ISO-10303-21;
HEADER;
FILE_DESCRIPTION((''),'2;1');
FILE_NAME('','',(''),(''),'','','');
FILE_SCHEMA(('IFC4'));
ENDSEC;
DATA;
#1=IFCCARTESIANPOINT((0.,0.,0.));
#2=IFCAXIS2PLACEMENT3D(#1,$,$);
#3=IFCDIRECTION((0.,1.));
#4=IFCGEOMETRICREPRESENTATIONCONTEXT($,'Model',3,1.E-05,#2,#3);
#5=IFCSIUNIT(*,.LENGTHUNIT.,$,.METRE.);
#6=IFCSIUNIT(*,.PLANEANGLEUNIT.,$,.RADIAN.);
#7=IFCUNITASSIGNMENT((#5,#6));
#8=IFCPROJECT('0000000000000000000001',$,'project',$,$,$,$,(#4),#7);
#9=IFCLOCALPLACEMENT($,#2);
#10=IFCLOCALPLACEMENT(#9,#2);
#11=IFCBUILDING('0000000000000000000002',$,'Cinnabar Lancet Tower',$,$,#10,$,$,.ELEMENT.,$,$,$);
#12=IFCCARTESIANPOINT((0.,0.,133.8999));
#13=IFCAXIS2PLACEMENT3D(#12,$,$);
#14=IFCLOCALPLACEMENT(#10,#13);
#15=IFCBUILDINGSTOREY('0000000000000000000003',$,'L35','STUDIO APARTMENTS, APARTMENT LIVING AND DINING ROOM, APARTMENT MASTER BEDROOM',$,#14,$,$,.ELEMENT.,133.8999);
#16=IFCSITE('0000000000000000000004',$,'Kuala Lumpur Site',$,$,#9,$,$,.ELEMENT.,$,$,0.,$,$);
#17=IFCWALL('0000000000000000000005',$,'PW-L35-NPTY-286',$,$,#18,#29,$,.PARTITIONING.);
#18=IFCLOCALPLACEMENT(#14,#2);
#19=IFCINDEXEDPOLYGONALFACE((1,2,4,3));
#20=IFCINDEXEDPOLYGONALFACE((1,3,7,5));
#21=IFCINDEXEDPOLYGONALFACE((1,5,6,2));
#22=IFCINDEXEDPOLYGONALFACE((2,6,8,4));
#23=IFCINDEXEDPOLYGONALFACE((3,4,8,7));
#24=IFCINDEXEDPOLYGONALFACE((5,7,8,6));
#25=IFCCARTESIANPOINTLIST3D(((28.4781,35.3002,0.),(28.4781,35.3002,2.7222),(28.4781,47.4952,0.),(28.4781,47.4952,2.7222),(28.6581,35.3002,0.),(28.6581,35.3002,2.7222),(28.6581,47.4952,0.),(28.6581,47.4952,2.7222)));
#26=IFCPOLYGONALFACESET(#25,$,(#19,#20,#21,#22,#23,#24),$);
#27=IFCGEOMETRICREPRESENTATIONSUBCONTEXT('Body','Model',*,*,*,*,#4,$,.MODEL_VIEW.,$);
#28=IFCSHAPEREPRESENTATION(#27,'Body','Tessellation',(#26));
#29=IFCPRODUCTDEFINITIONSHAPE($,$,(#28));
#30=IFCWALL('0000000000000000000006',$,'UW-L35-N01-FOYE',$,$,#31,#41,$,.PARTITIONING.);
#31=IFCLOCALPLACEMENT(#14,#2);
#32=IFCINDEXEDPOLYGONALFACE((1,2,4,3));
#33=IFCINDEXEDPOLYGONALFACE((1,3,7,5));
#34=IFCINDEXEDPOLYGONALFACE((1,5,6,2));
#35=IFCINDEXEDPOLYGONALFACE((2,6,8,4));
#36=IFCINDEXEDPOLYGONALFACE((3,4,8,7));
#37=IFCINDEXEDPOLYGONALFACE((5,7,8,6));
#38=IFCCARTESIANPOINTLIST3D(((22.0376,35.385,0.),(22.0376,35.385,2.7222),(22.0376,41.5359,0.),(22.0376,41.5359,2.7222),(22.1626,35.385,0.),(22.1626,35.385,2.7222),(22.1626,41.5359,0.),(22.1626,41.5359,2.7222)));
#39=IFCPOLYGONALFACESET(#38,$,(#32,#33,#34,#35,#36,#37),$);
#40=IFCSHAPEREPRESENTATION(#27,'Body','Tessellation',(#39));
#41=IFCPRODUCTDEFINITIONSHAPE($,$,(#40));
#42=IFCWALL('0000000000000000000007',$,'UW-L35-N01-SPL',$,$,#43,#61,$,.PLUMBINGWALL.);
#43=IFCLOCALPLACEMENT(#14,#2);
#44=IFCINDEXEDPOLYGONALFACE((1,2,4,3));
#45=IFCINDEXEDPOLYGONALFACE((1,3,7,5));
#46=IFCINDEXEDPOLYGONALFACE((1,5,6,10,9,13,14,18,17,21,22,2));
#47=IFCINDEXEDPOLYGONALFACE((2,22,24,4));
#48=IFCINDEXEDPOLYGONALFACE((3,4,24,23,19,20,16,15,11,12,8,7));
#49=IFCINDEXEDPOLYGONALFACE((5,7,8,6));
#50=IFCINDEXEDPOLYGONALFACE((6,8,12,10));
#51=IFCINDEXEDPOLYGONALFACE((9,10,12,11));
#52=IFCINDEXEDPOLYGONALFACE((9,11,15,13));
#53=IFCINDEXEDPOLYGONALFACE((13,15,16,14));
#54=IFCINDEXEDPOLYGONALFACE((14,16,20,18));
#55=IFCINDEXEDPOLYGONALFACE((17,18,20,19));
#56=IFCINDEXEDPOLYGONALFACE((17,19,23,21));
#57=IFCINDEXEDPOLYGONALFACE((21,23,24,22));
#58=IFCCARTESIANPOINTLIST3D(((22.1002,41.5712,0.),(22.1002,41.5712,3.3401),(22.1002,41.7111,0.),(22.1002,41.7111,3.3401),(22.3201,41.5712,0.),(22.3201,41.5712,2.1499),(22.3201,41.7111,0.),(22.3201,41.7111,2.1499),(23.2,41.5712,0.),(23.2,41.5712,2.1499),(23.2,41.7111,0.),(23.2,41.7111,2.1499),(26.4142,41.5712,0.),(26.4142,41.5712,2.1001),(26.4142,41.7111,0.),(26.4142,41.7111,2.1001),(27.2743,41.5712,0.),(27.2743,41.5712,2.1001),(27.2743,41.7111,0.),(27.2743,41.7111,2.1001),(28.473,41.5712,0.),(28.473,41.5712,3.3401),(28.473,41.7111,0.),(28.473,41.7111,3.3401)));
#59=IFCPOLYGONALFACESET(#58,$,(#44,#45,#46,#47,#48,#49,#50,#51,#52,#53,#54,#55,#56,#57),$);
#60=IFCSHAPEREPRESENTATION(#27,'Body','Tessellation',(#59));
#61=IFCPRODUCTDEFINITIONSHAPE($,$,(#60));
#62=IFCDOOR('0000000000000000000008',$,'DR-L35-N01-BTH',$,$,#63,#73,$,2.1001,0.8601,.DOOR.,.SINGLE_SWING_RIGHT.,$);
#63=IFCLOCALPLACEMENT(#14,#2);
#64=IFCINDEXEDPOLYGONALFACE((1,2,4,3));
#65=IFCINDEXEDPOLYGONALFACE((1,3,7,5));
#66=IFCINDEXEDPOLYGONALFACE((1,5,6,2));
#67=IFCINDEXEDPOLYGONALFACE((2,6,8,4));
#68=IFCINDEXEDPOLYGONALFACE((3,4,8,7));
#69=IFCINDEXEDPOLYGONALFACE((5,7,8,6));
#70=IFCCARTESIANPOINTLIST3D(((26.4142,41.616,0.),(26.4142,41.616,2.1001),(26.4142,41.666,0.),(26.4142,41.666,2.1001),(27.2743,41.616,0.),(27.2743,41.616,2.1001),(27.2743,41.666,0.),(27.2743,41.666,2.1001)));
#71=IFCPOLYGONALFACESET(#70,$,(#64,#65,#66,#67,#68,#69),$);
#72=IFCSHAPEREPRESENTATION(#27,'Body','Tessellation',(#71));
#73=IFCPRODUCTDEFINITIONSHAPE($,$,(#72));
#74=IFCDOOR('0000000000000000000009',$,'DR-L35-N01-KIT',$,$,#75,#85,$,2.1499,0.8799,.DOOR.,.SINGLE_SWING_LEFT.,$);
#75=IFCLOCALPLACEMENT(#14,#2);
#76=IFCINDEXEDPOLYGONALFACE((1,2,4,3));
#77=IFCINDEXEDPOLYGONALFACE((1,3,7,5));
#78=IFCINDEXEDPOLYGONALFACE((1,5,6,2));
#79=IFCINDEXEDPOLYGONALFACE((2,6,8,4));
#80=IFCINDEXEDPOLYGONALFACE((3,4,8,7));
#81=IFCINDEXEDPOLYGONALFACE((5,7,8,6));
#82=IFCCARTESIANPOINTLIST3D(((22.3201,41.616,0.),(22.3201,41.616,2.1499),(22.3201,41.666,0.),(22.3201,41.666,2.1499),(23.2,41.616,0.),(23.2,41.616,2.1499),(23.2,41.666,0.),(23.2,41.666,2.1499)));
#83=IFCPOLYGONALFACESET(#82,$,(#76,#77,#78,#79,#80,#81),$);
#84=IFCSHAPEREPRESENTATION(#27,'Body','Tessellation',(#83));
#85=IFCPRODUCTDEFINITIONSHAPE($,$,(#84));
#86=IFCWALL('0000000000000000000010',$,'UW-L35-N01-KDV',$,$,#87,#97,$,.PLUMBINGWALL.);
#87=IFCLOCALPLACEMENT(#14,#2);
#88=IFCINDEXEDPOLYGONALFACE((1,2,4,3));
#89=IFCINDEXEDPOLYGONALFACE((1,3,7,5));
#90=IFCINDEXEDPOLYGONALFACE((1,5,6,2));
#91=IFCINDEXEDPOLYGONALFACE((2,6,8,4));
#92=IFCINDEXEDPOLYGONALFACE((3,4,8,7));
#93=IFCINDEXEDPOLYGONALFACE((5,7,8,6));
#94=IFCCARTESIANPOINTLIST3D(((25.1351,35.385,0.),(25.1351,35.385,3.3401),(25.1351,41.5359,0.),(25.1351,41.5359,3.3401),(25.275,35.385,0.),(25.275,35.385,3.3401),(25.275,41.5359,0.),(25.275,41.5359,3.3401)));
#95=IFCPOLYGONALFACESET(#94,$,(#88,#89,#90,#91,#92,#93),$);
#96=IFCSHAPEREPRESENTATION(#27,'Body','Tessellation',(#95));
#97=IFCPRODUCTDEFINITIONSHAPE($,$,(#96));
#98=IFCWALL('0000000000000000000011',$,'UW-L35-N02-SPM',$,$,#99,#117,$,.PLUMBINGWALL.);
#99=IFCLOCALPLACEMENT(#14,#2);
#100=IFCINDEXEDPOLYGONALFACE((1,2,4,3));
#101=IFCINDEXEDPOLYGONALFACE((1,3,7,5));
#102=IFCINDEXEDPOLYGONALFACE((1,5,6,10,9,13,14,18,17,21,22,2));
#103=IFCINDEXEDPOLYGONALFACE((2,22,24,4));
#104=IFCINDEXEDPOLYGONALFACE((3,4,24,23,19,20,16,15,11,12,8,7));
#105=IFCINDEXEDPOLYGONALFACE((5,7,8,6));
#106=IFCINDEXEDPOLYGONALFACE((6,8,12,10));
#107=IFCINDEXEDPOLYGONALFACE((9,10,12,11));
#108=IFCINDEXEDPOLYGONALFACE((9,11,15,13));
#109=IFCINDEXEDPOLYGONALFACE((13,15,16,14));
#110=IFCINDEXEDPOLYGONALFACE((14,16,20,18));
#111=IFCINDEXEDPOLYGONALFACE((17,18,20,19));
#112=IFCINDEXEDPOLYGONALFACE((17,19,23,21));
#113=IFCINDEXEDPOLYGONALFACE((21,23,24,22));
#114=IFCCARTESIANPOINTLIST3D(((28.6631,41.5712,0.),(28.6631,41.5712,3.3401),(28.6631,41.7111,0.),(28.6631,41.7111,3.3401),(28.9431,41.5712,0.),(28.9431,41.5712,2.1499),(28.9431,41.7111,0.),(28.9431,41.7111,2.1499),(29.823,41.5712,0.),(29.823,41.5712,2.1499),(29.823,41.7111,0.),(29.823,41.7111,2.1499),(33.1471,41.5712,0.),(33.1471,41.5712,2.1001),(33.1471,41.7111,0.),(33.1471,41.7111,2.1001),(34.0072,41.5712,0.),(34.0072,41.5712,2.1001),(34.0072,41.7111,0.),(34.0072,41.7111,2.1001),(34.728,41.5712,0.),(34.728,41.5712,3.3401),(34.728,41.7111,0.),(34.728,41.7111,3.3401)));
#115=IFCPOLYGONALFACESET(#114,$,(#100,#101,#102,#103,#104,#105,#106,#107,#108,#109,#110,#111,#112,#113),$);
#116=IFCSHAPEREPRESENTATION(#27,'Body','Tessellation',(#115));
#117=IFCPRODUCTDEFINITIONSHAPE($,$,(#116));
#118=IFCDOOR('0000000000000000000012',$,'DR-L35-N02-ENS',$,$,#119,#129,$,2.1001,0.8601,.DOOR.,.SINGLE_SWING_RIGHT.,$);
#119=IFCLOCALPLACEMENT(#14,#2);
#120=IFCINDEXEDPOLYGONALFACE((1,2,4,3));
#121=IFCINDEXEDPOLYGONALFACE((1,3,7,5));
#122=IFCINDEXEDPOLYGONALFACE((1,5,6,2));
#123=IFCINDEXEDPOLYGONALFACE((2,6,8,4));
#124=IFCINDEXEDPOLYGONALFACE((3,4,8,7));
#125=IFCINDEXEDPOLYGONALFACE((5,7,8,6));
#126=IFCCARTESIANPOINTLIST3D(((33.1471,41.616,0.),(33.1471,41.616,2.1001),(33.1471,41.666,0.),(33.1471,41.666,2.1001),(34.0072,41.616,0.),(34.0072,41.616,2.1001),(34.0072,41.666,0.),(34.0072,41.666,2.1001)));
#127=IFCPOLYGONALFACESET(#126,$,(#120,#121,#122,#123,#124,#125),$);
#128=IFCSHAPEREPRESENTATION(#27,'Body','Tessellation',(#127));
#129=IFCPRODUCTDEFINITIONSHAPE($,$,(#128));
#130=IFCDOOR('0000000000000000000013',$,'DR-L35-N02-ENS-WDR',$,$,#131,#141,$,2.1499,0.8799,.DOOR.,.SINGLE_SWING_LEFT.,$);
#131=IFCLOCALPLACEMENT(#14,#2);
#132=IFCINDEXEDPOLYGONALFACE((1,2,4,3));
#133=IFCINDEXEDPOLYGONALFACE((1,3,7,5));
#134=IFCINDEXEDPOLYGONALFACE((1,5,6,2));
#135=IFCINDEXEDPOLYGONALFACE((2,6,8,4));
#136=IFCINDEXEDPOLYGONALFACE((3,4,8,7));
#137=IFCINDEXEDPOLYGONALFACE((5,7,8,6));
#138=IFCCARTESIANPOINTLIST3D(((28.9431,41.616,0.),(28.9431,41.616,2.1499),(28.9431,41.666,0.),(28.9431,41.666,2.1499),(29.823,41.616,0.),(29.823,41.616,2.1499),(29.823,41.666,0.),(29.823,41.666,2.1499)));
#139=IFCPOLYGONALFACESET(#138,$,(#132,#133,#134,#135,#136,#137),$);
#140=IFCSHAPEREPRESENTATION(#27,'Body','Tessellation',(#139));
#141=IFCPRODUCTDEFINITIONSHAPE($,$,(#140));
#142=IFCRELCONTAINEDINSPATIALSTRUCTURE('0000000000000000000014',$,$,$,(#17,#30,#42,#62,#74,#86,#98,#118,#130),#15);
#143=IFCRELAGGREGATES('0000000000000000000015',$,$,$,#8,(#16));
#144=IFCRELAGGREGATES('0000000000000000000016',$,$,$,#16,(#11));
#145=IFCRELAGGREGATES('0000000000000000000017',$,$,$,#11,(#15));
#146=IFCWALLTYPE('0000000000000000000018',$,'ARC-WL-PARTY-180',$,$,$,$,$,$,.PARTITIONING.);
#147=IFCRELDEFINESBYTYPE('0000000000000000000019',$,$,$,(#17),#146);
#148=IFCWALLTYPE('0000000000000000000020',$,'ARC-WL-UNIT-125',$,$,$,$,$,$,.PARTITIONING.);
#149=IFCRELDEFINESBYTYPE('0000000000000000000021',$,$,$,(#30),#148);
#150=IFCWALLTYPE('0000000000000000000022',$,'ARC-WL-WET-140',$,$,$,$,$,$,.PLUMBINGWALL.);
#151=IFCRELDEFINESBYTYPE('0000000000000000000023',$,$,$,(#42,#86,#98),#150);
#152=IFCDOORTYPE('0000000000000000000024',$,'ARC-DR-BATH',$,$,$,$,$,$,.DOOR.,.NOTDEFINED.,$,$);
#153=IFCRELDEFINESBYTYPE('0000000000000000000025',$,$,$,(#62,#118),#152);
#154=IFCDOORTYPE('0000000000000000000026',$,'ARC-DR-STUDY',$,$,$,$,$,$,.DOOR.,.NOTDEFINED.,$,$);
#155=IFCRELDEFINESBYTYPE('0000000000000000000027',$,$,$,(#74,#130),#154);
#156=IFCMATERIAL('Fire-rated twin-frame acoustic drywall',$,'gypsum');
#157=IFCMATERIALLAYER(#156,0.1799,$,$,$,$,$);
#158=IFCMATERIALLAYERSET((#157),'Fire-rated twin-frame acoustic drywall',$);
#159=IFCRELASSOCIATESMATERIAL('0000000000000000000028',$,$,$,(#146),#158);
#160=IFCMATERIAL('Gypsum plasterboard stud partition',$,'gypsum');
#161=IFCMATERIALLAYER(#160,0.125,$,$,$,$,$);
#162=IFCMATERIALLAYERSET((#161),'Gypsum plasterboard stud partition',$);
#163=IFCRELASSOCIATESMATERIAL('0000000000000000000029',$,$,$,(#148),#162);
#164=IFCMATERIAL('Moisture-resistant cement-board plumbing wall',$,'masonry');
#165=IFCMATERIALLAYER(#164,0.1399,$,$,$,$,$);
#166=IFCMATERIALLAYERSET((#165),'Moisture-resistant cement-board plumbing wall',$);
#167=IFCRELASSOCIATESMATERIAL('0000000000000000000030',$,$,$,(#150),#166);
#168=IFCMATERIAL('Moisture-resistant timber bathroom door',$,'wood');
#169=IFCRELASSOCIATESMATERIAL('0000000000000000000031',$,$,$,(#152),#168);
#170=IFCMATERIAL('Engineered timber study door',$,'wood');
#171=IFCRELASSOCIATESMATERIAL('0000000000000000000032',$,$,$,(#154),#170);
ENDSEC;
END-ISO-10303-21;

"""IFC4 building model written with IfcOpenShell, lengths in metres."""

from ifc_helpers import new_model, si_unit, direction, frame, frame_2d, origin, place, context, subcontext, project, spatial, rectangle, extrude, material, layer, layer_set, type_object, element, fill, save


model = new_model("IFC4")

# Units and contexts
model_context = context("Model", 3, precision=1e-05, world=origin(), true_north=direction((0.0, 1.0)))
body_context = subcontext(model_context, "Body", "Model", "MODEL_VIEW")
ifc_project = project(units=[si_unit("LENGTHUNIT", "METRE"), si_unit("PLANEANGLEUNIT", "RADIAN")], contexts=[model_context])

# Site, building, storey
site_placement = place(None, origin())
site = spatial("IfcSite", under=ifc_project, at=site_placement, Name="Kuala Lumpur Site", CompositionType="ELEMENT", RefElevation=0.0)
building_placement = place(site_placement, origin())
building = spatial("IfcBuilding", under=site, at=building_placement, Name="Cinnabar Lancet Tower", CompositionType="ELEMENT")
storey_placement = place(building_placement, frame((0.0, 0.0, 133.8999)))
storey = spatial("IfcBuildingStorey", under=building, at=storey_placement, Name="L35", Description="STUDIO APARTMENTS, APARTMENT LIVING AND DINING ROOM, APARTMENT MASTER BEDROOM", CompositionType="ELEMENT", Elevation=133.8999)

# Walls
ifc_material_1 = material(Name="Fire-rated twin-frame acoustic drywall", Category="gypsum")
ifc_layer_1 = layer(ifc_material_1, 0.1799)
ifc_layer_set_1 = layer_set([ifc_layer_1], Name="Fire-rated twin-frame acoustic drywall")
wall_type_1 = type_object("IfcWallType", Name="ARC-WL-PARTY-180", PredefinedType="PARTITIONING", material=ifc_layer_set_1)
wall_1_placement = place(storey_placement, frame((28.5681, 35.3, 0.0), z_axis=(0.0, 0.0, 1.0), x_axis=(0.0, 1.0, 0.0)))
element("IfcWall", 1, at=wall_1_placement, inside=storey, type_object=wall_type_1, Name="PW-L35-NPTY-286", PredefinedType="PARTITIONING", context=body_context, shape_type="SweptSolid", body=[
    extrude(rectangle(XDim=12.1951, YDim=0.1799, at=frame_2d((6.0977, 0.0))), origin(), (0.0, 0.0, 1.0), 2.7222),
])
ifc_material_2 = material(Name="Gypsum plasterboard stud partition", Category="gypsum")
ifc_layer_2 = layer(ifc_material_2, 0.125)
ifc_layer_set_2 = layer_set([ifc_layer_2], Name="Gypsum plasterboard stud partition")
wall_type_2 = type_object("IfcWallType", Name="ARC-WL-UNIT-125", PredefinedType="PARTITIONING", material=ifc_layer_set_2)
wall_2_placement = place(storey_placement, frame((22.1001, 35.385, 0.0), z_axis=(0.0, 0.0, 1.0), x_axis=(0.0, 1.0, 0.0)))
element("IfcWall", 2, at=wall_2_placement, inside=storey, type_object=wall_type_2, Name="UW-L35-N01-FOYE", PredefinedType="PARTITIONING", context=body_context, shape_type="SweptSolid", body=[
    extrude(rectangle(XDim=6.1509, YDim=0.125, at=frame_2d((3.0754, 0.0))), origin(), (0.0, 0.0, 1.0), 2.7222),
])

# Wall, openings, doors
ifc_material_3 = material(Name="Moisture-resistant cement-board plumbing wall", Category="masonry")
ifc_layer_3 = layer(ifc_material_3, 0.1399)
ifc_layer_set_3 = layer_set([ifc_layer_3], Name="Moisture-resistant cement-board plumbing wall")
wall_type_3 = type_object("IfcWallType", Name="ARC-WL-WET-140", PredefinedType="PLUMBINGWALL", material=ifc_layer_set_3)
wall_3_placement = place(storey_placement, frame((22.1001, 41.6411, 0.0), z_axis=(0.0, 0.0, 1.0), x_axis=(1.0, 0.0, 0.0)))
wall_3 = element("IfcWall", 3, at=wall_3_placement, inside=storey, type_object=wall_type_3, Name="UW-L35-N01-SPL", PredefinedType="PLUMBINGWALL", context=body_context, shape_type="SweptSolid", body=[
    extrude(rectangle(XDim=6.3728, YDim=0.1399, at=frame_2d((3.1865, 0.0))), origin(), (0.0, 0.0, 1.0), 3.3401),
])
opening_1_placement = place(wall_3_placement, frame((4.314, 0.0, 0.0)))
opening_1 = element("IfcOpeningElement", 4, at=opening_1_placement, cuts=wall_3, PredefinedType="OPENING", context=body_context, shape_type="SweptSolid", body=[
    extrude(rectangle(XDim=0.8601, YDim=2.1001, at=frame_2d((0.4302, 1.05))), frame((0.0, 0.0798, 0.0), z_axis=(0.0, -1.0, 0.0), x_axis=(1.0, 0.0, 0.0)), (0.0, 0.0, 1.0), 0.1599),
])
opening_2_placement = place(wall_3_placement, frame((0.22, 0.0, 0.0)))
opening_2 = element("IfcOpeningElement", 5, at=opening_2_placement, cuts=wall_3, PredefinedType="OPENING", context=body_context, shape_type="SweptSolid", body=[
    extrude(rectangle(XDim=0.8799, YDim=2.1499, at=frame_2d((0.4399, 1.075))), frame((0.0, 0.0798, 0.0), z_axis=(0.0, -1.0, 0.0), x_axis=(1.0, 0.0, 0.0)), (0.0, 0.0, 1.0), 0.1599),
])
ifc_material_4 = material(Name="Moisture-resistant timber bathroom door", Category="wood")
door_type_1 = type_object("IfcDoorType", Name="ARC-DR-BATH", OperationType="NOTDEFINED", PredefinedType="DOOR", material=ifc_material_4)
door_1_placement = place(opening_1_placement, origin())
door_1 = element("IfcDoor", 6, at=door_1_placement, inside=storey, type_object=door_type_1, Name="DR-L35-N01-BTH", OperationType="SINGLE_SWING_RIGHT", OverallHeight=2.1001, OverallWidth=0.8601, PredefinedType="DOOR", context=body_context, shape_type="SweptSolid", body=[
    extrude(rectangle(XDim=0.8601, YDim=2.1001, at=frame_2d((0.4302, 1.05))), frame((0.0, 0.0249, 0.0), z_axis=(0.0, -1.0, 0.0), x_axis=(1.0, 0.0, 0.0)), (0.0, 0.0, 1.0), 0.05),
])
fill(opening_1, door_1)
ifc_material_5 = material(Name="Engineered timber study door", Category="wood")
door_type_2 = type_object("IfcDoorType", Name="ARC-DR-STUDY", OperationType="NOTDEFINED", PredefinedType="DOOR", material=ifc_material_5)
door_2_placement = place(opening_2_placement, origin())
door_2 = element("IfcDoor", 7, at=door_2_placement, inside=storey, type_object=door_type_2, Name="DR-L35-N01-KIT", OperationType="SINGLE_SWING_LEFT", OverallHeight=2.1499, OverallWidth=0.8799, PredefinedType="DOOR", context=body_context, shape_type="SweptSolid", body=[
    extrude(rectangle(XDim=0.8799, YDim=2.1499, at=frame_2d((0.4399, 1.075))), frame((0.0, 0.0249, 0.0), z_axis=(0.0, -1.0, 0.0), x_axis=(1.0, 0.0, 0.0)), (0.0, 0.0, 1.0), 0.05),
])
fill(opening_2, door_2)

# Wall
wall_4_placement = place(storey_placement, frame((25.2051, 35.385, 0.0), z_axis=(0.0, 0.0, 1.0), x_axis=(0.0, 1.0, 0.0)))
element("IfcWall", 8, at=wall_4_placement, inside=storey, type_object=wall_type_3, Name="UW-L35-N01-KDV", PredefinedType="PLUMBINGWALL", context=body_context, shape_type="SweptSolid", body=[
    extrude(rectangle(XDim=6.1509, YDim=0.1399, at=frame_2d((3.0754, 0.0))), origin(), (0.0, 0.0, 1.0), 3.3401),
])

# Wall, openings, doors
wall_5_placement = place(storey_placement, frame((28.6631, 41.6411, 0.0), z_axis=(0.0, 0.0, 1.0), x_axis=(1.0, 0.0, 0.0)))
wall_5 = element("IfcWall", 9, at=wall_5_placement, inside=storey, type_object=wall_type_3, Name="UW-L35-N02-SPM", PredefinedType="PLUMBINGWALL", context=body_context, shape_type="SweptSolid", body=[
    extrude(rectangle(XDim=6.0649, YDim=0.1399, at=frame_2d((3.0325, 0.0))), origin(), (0.0, 0.0, 1.0), 3.3401),
])
opening_3_placement = place(wall_5_placement, frame((0.28, 0.0, 0.0)))
opening_3 = element("IfcOpeningElement", 10, at=opening_3_placement, cuts=wall_5, PredefinedType="OPENING", context=body_context, shape_type="SweptSolid", body=[
    extrude(rectangle(XDim=0.8799, YDim=2.1499, at=frame_2d((0.4399, 1.075))), frame((0.0, 0.0798, 0.0), z_axis=(0.0, -1.0, 0.0), x_axis=(1.0, 0.0, 0.0)), (0.0, 0.0, 1.0), 0.1599),
])
opening_4_placement = place(wall_5_placement, frame((4.4839, 0.0, 0.0)))
opening_4 = element("IfcOpeningElement", 11, at=opening_4_placement, cuts=wall_5, PredefinedType="OPENING", context=body_context, shape_type="SweptSolid", body=[
    extrude(rectangle(XDim=0.8601, YDim=2.1001, at=frame_2d((0.4302, 1.05))), frame((0.0, 0.0798, 0.0), z_axis=(0.0, -1.0, 0.0), x_axis=(1.0, 0.0, 0.0)), (0.0, 0.0, 1.0), 0.1599),
])
door_3_placement = place(opening_4_placement, origin())
door_3 = element("IfcDoor", 12, at=door_3_placement, inside=storey, type_object=door_type_1, Name="DR-L35-N02-ENS", OperationType="SINGLE_SWING_RIGHT", OverallHeight=2.1001, OverallWidth=0.8601, PredefinedType="DOOR", context=body_context, shape_type="SweptSolid", body=[
    extrude(rectangle(XDim=0.8601, YDim=2.1001, at=frame_2d((0.4302, 1.05))), frame((0.0, 0.0249, 0.0), z_axis=(0.0, -1.0, 0.0), x_axis=(1.0, 0.0, 0.0)), (0.0, 0.0, 1.0), 0.05),
])
fill(opening_4, door_3)
door_4_placement = place(opening_3_placement, origin())
door_4 = element("IfcDoor", 13, at=door_4_placement, inside=storey, type_object=door_type_2, Name="DR-L35-N02-ENS-WDR", OperationType="SINGLE_SWING_LEFT", OverallHeight=2.1499, OverallWidth=0.8799, PredefinedType="DOOR", context=body_context, shape_type="SweptSolid", body=[
    extrude(rectangle(XDim=0.8799, YDim=2.1499, at=frame_2d((0.4399, 1.075))), frame((0.0, 0.0249, 0.0), z_axis=(0.0, -1.0, 0.0), x_axis=(1.0, 0.0, 0.0)), (0.0, 0.0, 1.0), 0.05),
])
fill(opening_3, door_4)

save(model, "model.ifc")
